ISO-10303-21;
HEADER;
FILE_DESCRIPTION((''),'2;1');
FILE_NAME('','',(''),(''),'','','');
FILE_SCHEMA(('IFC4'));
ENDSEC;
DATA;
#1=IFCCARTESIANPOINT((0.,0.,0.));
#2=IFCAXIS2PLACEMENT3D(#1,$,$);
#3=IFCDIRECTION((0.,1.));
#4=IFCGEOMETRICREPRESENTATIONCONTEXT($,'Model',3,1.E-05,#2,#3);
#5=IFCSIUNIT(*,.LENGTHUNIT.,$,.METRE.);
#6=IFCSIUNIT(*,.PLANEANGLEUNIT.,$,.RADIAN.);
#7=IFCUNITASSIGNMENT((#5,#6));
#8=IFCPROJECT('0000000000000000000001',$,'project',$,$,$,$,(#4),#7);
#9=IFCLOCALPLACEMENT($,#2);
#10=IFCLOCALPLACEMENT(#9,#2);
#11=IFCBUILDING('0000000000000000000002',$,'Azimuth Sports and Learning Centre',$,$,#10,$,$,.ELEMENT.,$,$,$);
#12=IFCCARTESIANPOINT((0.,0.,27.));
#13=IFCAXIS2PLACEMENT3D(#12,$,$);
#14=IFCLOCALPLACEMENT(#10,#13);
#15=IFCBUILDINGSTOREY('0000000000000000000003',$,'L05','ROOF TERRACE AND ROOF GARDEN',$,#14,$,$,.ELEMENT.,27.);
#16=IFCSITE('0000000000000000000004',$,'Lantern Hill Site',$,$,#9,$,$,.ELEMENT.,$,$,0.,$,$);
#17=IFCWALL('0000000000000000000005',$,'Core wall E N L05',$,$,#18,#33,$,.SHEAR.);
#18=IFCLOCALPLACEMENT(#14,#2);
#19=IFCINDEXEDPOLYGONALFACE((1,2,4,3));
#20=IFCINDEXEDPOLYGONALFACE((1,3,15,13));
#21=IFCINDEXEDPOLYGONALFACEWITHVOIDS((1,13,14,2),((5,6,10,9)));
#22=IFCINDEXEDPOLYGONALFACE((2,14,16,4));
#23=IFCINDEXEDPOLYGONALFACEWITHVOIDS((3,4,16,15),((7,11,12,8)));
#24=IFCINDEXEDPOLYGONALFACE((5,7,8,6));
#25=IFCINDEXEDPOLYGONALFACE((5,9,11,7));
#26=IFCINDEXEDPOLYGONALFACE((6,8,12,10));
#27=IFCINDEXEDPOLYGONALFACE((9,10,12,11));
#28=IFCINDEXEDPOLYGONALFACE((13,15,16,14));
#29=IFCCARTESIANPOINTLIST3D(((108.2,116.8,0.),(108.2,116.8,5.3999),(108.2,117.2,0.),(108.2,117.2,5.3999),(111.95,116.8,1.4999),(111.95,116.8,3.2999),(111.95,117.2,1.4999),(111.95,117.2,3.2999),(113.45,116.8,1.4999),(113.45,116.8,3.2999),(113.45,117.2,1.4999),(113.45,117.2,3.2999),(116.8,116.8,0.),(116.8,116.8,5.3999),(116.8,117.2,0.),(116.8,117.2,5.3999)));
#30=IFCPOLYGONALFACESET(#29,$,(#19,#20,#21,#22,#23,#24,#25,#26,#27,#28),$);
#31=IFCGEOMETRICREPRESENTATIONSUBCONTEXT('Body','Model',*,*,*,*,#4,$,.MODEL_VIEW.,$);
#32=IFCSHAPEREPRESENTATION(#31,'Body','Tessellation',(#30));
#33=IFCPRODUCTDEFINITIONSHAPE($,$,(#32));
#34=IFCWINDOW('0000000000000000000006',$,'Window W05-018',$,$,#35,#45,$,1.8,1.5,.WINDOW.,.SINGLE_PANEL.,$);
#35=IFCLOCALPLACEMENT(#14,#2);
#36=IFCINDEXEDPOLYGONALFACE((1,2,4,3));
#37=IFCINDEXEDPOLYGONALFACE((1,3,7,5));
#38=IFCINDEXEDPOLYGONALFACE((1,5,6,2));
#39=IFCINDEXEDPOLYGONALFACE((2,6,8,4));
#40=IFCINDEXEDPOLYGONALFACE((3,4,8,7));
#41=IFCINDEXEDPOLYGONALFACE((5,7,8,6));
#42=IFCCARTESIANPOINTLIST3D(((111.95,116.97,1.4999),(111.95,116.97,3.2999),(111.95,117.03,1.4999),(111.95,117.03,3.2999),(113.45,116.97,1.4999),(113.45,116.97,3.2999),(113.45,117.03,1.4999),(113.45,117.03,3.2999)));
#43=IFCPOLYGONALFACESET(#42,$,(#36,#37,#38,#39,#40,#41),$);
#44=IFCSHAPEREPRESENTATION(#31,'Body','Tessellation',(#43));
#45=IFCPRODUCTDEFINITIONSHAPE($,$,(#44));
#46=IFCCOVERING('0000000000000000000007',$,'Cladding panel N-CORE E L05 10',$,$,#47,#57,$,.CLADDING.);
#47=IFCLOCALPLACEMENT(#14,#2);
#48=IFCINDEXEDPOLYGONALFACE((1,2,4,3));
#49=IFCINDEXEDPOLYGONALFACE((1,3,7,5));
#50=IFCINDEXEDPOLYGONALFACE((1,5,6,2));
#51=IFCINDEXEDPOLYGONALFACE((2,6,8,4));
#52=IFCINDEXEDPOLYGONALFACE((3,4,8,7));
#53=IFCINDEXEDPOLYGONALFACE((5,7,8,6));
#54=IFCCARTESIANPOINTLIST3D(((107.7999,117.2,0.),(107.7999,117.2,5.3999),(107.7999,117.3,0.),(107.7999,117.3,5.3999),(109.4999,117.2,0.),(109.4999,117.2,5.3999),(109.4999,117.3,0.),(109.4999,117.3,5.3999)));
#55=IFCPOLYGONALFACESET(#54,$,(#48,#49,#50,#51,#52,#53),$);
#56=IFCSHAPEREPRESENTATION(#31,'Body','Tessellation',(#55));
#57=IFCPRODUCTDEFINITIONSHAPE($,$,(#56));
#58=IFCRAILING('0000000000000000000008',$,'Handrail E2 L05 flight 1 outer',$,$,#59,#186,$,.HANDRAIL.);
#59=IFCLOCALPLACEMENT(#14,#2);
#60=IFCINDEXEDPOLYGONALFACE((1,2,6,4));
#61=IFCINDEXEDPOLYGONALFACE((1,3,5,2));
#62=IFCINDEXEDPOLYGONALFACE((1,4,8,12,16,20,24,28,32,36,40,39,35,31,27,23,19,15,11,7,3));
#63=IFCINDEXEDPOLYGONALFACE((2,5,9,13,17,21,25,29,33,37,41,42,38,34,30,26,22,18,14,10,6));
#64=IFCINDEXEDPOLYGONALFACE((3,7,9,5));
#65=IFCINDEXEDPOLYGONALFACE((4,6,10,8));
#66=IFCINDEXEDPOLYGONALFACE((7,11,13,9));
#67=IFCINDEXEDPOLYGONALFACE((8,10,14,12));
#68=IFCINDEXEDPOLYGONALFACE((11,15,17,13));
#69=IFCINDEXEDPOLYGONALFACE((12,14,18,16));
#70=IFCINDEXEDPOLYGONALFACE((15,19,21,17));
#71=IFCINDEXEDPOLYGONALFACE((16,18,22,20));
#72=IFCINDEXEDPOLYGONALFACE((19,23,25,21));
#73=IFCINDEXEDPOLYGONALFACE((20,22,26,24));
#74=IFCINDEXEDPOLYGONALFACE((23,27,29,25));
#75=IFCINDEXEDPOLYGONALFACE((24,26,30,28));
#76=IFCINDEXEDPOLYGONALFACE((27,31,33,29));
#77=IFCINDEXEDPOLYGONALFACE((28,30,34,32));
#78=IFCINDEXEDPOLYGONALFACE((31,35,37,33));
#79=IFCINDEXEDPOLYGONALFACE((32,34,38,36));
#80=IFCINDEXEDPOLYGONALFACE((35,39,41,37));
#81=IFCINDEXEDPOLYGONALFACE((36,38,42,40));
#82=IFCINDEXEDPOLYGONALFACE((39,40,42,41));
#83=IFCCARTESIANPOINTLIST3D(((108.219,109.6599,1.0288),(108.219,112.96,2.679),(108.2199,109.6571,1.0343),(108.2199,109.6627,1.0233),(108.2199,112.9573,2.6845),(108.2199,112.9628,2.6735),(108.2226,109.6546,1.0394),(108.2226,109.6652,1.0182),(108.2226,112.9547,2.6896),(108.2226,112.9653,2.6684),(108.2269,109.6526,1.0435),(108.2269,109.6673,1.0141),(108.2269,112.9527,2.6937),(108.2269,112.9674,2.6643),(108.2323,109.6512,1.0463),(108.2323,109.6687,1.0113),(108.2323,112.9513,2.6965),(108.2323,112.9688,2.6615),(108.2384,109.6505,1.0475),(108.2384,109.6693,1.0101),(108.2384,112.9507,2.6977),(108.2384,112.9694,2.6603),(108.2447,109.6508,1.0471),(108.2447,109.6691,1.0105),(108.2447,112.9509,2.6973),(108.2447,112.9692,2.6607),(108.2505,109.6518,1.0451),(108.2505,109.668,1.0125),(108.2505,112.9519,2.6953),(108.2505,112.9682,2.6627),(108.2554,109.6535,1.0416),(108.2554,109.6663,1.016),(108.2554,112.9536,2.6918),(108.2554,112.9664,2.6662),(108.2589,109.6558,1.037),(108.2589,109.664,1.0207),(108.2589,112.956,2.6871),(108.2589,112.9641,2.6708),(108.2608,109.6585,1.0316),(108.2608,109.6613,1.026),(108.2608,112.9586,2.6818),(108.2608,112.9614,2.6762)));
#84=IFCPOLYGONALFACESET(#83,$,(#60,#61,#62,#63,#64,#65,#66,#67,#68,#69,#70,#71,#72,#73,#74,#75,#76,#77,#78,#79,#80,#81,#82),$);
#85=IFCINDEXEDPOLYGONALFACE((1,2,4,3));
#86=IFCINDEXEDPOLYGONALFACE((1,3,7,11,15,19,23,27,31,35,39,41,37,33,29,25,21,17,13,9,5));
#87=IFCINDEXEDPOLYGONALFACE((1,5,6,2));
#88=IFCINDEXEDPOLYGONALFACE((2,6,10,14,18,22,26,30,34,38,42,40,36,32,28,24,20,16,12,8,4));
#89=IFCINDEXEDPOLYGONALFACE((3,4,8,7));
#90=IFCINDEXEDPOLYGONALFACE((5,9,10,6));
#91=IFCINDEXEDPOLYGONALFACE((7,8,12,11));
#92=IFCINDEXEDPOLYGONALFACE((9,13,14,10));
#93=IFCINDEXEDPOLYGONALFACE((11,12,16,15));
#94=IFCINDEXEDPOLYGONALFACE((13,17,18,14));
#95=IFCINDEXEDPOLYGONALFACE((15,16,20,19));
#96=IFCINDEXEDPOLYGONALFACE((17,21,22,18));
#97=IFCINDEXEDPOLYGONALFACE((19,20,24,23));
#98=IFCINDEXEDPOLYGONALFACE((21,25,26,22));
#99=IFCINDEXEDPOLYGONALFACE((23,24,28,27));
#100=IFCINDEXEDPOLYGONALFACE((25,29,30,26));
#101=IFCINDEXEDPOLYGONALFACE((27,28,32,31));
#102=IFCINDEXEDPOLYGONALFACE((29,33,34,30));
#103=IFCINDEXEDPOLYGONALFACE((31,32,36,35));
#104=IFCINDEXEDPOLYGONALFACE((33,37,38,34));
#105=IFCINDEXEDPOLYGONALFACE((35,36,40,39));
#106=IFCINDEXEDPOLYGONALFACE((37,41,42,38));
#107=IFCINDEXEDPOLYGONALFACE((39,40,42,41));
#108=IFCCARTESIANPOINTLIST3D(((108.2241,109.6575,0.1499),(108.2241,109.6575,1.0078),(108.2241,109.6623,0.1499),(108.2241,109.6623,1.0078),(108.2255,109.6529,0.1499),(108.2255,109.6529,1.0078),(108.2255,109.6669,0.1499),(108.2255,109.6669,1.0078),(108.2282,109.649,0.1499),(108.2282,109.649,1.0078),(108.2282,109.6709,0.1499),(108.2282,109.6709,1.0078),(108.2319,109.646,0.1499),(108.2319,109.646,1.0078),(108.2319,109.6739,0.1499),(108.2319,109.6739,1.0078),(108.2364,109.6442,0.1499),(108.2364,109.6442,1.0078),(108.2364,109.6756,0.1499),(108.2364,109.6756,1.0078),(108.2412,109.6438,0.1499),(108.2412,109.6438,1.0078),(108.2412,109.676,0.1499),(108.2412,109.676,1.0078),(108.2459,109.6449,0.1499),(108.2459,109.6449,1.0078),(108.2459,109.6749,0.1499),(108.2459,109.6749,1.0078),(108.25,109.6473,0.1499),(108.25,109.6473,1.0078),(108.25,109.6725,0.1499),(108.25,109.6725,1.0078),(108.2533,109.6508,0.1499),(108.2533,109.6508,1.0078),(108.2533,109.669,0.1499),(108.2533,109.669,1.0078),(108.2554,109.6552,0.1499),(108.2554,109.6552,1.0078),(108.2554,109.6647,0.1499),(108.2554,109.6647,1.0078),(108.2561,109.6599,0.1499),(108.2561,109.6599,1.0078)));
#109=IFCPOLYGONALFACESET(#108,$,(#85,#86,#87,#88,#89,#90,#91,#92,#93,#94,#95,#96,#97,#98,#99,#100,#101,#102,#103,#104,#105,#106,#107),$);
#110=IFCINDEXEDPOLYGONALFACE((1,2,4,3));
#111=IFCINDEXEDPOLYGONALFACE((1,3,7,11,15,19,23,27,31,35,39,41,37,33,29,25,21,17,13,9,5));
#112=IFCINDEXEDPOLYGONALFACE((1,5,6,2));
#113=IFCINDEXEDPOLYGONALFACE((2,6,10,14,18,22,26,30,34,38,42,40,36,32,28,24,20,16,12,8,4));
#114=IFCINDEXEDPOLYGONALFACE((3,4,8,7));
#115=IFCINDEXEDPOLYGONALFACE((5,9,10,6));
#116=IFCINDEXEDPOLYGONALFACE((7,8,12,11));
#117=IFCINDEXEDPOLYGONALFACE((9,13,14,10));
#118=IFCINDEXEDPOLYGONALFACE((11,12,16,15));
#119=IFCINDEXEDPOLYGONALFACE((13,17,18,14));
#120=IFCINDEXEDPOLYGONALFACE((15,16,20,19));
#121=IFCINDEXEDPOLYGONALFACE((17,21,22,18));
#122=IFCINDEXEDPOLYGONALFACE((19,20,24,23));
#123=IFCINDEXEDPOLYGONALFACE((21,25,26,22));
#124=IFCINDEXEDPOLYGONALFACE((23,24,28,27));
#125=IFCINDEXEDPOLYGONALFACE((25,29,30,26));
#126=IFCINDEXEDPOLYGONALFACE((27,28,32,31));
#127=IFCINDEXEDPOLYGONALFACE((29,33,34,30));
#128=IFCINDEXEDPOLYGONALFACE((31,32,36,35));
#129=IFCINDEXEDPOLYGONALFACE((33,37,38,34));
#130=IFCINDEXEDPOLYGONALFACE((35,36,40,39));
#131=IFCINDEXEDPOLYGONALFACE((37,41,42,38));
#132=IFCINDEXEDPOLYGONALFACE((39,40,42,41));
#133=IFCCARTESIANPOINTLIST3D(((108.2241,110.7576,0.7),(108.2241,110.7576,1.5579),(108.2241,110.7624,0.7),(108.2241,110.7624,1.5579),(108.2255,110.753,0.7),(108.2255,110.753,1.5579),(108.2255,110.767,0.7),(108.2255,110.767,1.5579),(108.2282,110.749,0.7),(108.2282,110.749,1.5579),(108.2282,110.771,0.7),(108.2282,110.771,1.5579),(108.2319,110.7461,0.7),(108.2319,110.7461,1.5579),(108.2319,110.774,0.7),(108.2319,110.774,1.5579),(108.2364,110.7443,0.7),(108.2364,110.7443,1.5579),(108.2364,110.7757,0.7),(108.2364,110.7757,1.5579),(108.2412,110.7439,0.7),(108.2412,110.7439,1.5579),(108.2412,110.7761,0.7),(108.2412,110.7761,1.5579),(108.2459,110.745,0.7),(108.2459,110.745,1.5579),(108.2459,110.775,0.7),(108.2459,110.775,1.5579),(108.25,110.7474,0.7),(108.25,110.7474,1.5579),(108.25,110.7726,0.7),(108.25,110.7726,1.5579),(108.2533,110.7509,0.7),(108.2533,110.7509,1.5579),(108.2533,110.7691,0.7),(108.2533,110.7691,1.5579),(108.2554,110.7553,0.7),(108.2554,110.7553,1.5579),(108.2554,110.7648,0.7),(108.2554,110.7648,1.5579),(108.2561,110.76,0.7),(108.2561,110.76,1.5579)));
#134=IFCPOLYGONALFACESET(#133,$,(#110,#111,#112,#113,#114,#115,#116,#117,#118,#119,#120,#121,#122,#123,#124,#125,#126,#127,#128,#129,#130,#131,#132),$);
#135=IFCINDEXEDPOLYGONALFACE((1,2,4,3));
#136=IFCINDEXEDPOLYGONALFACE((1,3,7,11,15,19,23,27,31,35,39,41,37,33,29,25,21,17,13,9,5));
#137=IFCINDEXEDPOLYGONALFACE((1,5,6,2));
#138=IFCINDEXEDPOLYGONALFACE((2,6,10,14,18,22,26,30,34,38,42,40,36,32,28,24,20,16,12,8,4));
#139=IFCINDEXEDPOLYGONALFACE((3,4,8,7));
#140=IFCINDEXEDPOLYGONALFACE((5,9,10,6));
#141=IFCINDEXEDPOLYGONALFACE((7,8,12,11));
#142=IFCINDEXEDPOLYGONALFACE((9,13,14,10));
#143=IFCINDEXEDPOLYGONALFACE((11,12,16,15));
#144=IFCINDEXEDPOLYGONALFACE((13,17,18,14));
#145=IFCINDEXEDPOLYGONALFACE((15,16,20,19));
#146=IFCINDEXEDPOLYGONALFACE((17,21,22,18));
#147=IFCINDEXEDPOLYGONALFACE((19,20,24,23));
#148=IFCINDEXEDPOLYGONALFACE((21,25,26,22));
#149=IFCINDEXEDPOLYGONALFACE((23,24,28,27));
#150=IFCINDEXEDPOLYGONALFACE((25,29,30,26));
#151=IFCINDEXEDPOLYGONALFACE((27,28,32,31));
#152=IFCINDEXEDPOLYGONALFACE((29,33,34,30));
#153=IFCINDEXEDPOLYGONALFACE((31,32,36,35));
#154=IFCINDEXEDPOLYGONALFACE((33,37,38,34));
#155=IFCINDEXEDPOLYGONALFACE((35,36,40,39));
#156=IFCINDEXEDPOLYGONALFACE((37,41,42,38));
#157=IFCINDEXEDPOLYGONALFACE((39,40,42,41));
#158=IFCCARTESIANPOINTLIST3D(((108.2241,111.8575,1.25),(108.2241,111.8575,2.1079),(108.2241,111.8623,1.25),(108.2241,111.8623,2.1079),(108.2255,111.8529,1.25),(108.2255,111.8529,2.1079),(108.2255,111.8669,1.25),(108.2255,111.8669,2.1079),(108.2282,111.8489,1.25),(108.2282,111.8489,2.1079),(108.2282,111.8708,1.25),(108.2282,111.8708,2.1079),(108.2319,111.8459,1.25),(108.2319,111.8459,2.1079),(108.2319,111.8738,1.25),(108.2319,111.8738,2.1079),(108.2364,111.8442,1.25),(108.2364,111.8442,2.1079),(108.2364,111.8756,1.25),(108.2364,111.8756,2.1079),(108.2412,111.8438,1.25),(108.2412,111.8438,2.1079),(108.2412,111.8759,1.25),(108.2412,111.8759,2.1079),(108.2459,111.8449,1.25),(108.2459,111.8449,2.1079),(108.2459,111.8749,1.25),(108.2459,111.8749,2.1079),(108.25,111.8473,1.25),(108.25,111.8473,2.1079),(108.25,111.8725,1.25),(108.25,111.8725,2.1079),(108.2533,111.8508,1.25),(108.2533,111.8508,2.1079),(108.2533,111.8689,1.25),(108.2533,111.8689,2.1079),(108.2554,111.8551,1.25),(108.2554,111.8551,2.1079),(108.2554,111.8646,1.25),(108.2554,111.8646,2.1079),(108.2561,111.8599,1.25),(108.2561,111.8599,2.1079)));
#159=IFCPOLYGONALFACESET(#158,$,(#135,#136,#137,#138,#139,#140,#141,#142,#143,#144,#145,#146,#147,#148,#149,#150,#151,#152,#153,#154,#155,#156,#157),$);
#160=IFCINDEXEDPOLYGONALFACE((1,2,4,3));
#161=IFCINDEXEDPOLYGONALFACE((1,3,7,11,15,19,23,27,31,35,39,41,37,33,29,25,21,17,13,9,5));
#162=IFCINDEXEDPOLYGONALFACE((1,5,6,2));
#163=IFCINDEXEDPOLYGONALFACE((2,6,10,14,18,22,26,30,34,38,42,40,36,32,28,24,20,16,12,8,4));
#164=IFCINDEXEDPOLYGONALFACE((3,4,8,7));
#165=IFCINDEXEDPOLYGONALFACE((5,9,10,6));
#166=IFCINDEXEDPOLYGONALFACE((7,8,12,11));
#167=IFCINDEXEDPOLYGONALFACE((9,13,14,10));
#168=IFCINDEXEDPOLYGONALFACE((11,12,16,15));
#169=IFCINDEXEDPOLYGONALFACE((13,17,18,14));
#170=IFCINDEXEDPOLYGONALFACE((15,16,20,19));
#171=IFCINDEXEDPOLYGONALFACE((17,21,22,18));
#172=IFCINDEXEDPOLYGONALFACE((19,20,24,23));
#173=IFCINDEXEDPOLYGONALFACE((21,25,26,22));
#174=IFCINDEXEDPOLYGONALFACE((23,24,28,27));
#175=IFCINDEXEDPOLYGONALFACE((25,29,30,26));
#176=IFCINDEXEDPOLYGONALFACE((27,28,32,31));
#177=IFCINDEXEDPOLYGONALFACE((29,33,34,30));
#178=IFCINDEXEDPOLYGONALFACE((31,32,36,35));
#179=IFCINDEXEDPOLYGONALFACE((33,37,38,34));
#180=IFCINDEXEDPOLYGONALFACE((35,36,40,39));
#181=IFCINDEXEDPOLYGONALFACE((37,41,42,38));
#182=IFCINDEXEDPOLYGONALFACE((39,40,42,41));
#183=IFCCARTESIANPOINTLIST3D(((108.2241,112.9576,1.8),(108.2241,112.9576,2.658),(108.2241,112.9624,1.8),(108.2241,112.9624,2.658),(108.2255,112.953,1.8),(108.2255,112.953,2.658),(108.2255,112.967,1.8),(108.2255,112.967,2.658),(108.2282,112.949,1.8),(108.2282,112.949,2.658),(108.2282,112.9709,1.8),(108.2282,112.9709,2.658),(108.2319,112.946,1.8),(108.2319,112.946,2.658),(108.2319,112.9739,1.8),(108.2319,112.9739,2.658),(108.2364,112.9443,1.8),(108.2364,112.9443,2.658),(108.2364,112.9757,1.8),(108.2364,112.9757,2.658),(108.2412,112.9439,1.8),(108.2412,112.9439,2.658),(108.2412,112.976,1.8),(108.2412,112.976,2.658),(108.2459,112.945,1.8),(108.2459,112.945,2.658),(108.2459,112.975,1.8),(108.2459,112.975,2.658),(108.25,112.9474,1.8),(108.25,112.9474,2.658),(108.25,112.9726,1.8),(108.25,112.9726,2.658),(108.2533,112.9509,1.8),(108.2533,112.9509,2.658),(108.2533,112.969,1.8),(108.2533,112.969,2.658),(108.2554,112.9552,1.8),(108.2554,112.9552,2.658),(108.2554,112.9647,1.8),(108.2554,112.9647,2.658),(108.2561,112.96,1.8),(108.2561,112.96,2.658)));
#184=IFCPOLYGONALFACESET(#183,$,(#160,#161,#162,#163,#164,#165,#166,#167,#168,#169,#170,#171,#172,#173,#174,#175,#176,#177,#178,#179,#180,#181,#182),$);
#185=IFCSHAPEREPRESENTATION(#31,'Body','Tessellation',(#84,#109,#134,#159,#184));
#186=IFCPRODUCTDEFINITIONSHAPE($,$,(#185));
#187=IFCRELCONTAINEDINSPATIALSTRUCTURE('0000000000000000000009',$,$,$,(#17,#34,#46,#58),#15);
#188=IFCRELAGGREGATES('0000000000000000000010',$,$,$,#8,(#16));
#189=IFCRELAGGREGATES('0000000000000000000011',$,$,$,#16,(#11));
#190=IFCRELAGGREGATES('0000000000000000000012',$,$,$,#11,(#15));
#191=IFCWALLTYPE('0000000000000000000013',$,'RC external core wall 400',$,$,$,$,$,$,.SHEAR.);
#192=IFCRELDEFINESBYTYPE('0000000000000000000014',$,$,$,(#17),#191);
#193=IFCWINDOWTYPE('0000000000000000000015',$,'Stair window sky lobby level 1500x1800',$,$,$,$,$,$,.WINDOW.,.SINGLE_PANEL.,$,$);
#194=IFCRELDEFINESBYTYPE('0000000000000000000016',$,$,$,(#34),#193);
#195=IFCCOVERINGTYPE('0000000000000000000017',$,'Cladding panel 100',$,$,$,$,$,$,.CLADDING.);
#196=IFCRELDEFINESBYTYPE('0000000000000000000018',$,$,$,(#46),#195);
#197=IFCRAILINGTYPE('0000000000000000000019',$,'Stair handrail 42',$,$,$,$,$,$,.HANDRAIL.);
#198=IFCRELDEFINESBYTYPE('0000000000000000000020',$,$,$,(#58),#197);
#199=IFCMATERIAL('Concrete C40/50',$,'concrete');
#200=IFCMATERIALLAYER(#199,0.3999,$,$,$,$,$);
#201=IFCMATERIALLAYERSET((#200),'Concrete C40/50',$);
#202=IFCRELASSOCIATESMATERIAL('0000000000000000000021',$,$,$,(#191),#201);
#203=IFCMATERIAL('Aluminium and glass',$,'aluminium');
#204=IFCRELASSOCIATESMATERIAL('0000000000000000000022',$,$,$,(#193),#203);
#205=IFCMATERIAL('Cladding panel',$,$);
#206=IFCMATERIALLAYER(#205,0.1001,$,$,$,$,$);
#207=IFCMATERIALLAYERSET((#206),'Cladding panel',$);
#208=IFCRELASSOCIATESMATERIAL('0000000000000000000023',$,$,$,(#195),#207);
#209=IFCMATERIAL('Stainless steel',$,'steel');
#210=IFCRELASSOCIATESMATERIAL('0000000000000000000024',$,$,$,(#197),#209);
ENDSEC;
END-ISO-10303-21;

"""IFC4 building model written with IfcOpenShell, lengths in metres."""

from ifc_helpers import new_model, si_unit, direction, frame, frame_2d, origin, origin_2d, place, context, subcontext, project, spatial, rectangle, circle, extrude, material, layer, layer_set, type_object, element, fill, save


model = new_model("IFC4")

# Units and contexts
model_context = context("Model", 3, precision=1e-05, world=origin(), true_north=direction((0.0, 1.0)))
body_context = subcontext(model_context, "Body", "Model", "MODEL_VIEW")
ifc_project = project(units=[si_unit("LENGTHUNIT", "METRE"), si_unit("PLANEANGLEUNIT", "RADIAN")], contexts=[model_context])

# Site, building, storey
site_placement = place(None, origin())
site = spatial("IfcSite", under=ifc_project, at=site_placement, Name="Lantern Hill Site", CompositionType="ELEMENT", RefElevation=0.0)
building_placement = place(site_placement, origin())
building = spatial("IfcBuilding", under=site, at=building_placement, Name="Azimuth Sports and Learning Centre", CompositionType="ELEMENT")
storey_placement = place(building_placement, frame((0.0, 0.0, 27.0)))
storey = spatial("IfcBuildingStorey", under=building, at=storey_placement, Name="L05", Description="ROOF TERRACE AND ROOF GARDEN", CompositionType="ELEMENT", Elevation=27.0)

# Wall, opening, window
ifc_material_1 = material(Name="Concrete C40/50", Category="concrete")
ifc_layer_1 = layer(ifc_material_1, 0.3999)
ifc_layer_set_1 = layer_set([ifc_layer_1], Name="Concrete C40/50")
wall_type_1 = type_object("IfcWallType", Name="RC external core wall 400", PredefinedType="SHEAR", material=ifc_layer_set_1)
wall_1_placement = place(storey_placement, frame((108.2, 117.0, 0.0), z_axis=(0.0, 0.0, 1.0), x_axis=(1.0, 0.0, 0.0)))
wall_1 = element("IfcWall", 1, at=wall_1_placement, inside=storey, type_object=wall_type_1, Name="Core wall E N L05", PredefinedType="SHEAR", context=body_context, shape_type="SweptSolid", body=[
    extrude(rectangle(XDim=8.6001, YDim=0.3999, at=frame_2d((4.3, 0.0))), origin(), (0.0, 0.0, 1.0), 5.3999),
])
opening_1_placement = place(wall_1_placement, frame((3.75, 0.0, 1.5)))
opening_1 = element("IfcOpeningElement", 2, at=opening_1_placement, cuts=wall_1, PredefinedType="OPENING", context=body_context, shape_type="SweptSolid", body=[
    extrude(rectangle(XDim=1.5, YDim=1.8, at=frame_2d((0.75, 0.8999))), frame((0.0, 0.2109, 0.0), z_axis=(0.0, -1.0, 0.0), x_axis=(1.0, 0.0, 0.0)), (0.0, 0.0, 1.0), 0.4219),
])
ifc_material_2 = material(Name="Aluminium and glass", Category="aluminium")
window_type_1 = type_object("IfcWindowType", Name="Stair window sky lobby level 1500x1800", PartitioningType="SINGLE_PANEL", PredefinedType="WINDOW", material=ifc_material_2)
window_1_placement = place(opening_1_placement, origin())
window_1 = element("IfcWindow", 3, at=window_1_placement, inside=storey, type_object=window_type_1, Name="Window W05-018", OverallHeight=1.8, OverallWidth=1.5, PartitioningType="SINGLE_PANEL", PredefinedType="WINDOW", context=body_context, shape_type="SweptSolid", body=[
    extrude(rectangle(XDim=1.5, YDim=1.8, at=frame_2d((0.75, 0.8999))), frame((0.0, 0.03, 0.0), z_axis=(0.0, -1.0, 0.0), x_axis=(1.0, 0.0, 0.0)), (0.0, 0.0, 1.0), 0.0601),
])
fill(opening_1, window_1)

# Covering
ifc_material_3 = material(Name="Cladding panel")
ifc_layer_2 = layer(ifc_material_3, 0.1001)
ifc_layer_set_2 = layer_set([ifc_layer_2], Name="Cladding panel")
covering_type = type_object("IfcCoveringType", Name="Cladding panel 100", PredefinedType="CLADDING", material=ifc_layer_set_2)
covering_placement = place(storey_placement, frame((108.6499, 117.25, 0.0), z_axis=(0.0, 0.0, 1.0), x_axis=(-1.0, 0.0, 0.0)))
element("IfcCovering", 4, at=covering_placement, inside=storey, type_object=covering_type, Name="Cladding panel N-CORE E L05 10", PredefinedType="CLADDING", context=body_context, shape_type="SweptSolid", body=[
    extrude(rectangle(XDim=1.7, YDim=0.1001, at=origin_2d()), origin(), (0.0, 0.0, 1.0), 5.3999),
])

# Railing
ifc_material_4 = material(Name="Stainless steel", Category="steel")
railing_type = type_object("IfcRailingType", Name="Stair handrail 42", PredefinedType="HANDRAIL", material=ifc_material_4)
railing_placement = place(storey_placement, frame((108.24, 109.6599, 0.1499)))
element("IfcRailing", 5, at=railing_placement, inside=storey, type_object=railing_type, Name="Handrail E2 L05 flight 1 outer", PredefinedType="HANDRAIL", context=body_context, shape_type="SweptSolid", body=[
    extrude(circle(Radius=0.021, at=origin_2d()), frame((0.0, 0.0, 0.8789), z_axis=(0.0, 0.894414, 0.44724), x_axis=(-1.0, 0.0, 0.0)), (0.0, 0.0, 1.0), 3.6897),
    extrude(circle(Radius=0.0161, at=origin_2d()), origin(), (0.0, 0.0, 1.0), 0.8579),
    extrude(circle(Radius=0.0161, at=origin_2d()), frame((0.0, 1.1001, 0.55)), (0.0, 0.0, 1.0), 0.8579),
    extrude(circle(Radius=0.0161, at=origin_2d()), frame((0.0, 2.2, 1.1001)), (0.0, 0.0, 1.0), 0.8579),
    extrude(circle(Radius=0.0161, at=origin_2d()), frame((0.0, 3.3, 1.6501)), (0.0, 0.0, 1.0), 0.8579),
])

save(model, "model.ifc")
